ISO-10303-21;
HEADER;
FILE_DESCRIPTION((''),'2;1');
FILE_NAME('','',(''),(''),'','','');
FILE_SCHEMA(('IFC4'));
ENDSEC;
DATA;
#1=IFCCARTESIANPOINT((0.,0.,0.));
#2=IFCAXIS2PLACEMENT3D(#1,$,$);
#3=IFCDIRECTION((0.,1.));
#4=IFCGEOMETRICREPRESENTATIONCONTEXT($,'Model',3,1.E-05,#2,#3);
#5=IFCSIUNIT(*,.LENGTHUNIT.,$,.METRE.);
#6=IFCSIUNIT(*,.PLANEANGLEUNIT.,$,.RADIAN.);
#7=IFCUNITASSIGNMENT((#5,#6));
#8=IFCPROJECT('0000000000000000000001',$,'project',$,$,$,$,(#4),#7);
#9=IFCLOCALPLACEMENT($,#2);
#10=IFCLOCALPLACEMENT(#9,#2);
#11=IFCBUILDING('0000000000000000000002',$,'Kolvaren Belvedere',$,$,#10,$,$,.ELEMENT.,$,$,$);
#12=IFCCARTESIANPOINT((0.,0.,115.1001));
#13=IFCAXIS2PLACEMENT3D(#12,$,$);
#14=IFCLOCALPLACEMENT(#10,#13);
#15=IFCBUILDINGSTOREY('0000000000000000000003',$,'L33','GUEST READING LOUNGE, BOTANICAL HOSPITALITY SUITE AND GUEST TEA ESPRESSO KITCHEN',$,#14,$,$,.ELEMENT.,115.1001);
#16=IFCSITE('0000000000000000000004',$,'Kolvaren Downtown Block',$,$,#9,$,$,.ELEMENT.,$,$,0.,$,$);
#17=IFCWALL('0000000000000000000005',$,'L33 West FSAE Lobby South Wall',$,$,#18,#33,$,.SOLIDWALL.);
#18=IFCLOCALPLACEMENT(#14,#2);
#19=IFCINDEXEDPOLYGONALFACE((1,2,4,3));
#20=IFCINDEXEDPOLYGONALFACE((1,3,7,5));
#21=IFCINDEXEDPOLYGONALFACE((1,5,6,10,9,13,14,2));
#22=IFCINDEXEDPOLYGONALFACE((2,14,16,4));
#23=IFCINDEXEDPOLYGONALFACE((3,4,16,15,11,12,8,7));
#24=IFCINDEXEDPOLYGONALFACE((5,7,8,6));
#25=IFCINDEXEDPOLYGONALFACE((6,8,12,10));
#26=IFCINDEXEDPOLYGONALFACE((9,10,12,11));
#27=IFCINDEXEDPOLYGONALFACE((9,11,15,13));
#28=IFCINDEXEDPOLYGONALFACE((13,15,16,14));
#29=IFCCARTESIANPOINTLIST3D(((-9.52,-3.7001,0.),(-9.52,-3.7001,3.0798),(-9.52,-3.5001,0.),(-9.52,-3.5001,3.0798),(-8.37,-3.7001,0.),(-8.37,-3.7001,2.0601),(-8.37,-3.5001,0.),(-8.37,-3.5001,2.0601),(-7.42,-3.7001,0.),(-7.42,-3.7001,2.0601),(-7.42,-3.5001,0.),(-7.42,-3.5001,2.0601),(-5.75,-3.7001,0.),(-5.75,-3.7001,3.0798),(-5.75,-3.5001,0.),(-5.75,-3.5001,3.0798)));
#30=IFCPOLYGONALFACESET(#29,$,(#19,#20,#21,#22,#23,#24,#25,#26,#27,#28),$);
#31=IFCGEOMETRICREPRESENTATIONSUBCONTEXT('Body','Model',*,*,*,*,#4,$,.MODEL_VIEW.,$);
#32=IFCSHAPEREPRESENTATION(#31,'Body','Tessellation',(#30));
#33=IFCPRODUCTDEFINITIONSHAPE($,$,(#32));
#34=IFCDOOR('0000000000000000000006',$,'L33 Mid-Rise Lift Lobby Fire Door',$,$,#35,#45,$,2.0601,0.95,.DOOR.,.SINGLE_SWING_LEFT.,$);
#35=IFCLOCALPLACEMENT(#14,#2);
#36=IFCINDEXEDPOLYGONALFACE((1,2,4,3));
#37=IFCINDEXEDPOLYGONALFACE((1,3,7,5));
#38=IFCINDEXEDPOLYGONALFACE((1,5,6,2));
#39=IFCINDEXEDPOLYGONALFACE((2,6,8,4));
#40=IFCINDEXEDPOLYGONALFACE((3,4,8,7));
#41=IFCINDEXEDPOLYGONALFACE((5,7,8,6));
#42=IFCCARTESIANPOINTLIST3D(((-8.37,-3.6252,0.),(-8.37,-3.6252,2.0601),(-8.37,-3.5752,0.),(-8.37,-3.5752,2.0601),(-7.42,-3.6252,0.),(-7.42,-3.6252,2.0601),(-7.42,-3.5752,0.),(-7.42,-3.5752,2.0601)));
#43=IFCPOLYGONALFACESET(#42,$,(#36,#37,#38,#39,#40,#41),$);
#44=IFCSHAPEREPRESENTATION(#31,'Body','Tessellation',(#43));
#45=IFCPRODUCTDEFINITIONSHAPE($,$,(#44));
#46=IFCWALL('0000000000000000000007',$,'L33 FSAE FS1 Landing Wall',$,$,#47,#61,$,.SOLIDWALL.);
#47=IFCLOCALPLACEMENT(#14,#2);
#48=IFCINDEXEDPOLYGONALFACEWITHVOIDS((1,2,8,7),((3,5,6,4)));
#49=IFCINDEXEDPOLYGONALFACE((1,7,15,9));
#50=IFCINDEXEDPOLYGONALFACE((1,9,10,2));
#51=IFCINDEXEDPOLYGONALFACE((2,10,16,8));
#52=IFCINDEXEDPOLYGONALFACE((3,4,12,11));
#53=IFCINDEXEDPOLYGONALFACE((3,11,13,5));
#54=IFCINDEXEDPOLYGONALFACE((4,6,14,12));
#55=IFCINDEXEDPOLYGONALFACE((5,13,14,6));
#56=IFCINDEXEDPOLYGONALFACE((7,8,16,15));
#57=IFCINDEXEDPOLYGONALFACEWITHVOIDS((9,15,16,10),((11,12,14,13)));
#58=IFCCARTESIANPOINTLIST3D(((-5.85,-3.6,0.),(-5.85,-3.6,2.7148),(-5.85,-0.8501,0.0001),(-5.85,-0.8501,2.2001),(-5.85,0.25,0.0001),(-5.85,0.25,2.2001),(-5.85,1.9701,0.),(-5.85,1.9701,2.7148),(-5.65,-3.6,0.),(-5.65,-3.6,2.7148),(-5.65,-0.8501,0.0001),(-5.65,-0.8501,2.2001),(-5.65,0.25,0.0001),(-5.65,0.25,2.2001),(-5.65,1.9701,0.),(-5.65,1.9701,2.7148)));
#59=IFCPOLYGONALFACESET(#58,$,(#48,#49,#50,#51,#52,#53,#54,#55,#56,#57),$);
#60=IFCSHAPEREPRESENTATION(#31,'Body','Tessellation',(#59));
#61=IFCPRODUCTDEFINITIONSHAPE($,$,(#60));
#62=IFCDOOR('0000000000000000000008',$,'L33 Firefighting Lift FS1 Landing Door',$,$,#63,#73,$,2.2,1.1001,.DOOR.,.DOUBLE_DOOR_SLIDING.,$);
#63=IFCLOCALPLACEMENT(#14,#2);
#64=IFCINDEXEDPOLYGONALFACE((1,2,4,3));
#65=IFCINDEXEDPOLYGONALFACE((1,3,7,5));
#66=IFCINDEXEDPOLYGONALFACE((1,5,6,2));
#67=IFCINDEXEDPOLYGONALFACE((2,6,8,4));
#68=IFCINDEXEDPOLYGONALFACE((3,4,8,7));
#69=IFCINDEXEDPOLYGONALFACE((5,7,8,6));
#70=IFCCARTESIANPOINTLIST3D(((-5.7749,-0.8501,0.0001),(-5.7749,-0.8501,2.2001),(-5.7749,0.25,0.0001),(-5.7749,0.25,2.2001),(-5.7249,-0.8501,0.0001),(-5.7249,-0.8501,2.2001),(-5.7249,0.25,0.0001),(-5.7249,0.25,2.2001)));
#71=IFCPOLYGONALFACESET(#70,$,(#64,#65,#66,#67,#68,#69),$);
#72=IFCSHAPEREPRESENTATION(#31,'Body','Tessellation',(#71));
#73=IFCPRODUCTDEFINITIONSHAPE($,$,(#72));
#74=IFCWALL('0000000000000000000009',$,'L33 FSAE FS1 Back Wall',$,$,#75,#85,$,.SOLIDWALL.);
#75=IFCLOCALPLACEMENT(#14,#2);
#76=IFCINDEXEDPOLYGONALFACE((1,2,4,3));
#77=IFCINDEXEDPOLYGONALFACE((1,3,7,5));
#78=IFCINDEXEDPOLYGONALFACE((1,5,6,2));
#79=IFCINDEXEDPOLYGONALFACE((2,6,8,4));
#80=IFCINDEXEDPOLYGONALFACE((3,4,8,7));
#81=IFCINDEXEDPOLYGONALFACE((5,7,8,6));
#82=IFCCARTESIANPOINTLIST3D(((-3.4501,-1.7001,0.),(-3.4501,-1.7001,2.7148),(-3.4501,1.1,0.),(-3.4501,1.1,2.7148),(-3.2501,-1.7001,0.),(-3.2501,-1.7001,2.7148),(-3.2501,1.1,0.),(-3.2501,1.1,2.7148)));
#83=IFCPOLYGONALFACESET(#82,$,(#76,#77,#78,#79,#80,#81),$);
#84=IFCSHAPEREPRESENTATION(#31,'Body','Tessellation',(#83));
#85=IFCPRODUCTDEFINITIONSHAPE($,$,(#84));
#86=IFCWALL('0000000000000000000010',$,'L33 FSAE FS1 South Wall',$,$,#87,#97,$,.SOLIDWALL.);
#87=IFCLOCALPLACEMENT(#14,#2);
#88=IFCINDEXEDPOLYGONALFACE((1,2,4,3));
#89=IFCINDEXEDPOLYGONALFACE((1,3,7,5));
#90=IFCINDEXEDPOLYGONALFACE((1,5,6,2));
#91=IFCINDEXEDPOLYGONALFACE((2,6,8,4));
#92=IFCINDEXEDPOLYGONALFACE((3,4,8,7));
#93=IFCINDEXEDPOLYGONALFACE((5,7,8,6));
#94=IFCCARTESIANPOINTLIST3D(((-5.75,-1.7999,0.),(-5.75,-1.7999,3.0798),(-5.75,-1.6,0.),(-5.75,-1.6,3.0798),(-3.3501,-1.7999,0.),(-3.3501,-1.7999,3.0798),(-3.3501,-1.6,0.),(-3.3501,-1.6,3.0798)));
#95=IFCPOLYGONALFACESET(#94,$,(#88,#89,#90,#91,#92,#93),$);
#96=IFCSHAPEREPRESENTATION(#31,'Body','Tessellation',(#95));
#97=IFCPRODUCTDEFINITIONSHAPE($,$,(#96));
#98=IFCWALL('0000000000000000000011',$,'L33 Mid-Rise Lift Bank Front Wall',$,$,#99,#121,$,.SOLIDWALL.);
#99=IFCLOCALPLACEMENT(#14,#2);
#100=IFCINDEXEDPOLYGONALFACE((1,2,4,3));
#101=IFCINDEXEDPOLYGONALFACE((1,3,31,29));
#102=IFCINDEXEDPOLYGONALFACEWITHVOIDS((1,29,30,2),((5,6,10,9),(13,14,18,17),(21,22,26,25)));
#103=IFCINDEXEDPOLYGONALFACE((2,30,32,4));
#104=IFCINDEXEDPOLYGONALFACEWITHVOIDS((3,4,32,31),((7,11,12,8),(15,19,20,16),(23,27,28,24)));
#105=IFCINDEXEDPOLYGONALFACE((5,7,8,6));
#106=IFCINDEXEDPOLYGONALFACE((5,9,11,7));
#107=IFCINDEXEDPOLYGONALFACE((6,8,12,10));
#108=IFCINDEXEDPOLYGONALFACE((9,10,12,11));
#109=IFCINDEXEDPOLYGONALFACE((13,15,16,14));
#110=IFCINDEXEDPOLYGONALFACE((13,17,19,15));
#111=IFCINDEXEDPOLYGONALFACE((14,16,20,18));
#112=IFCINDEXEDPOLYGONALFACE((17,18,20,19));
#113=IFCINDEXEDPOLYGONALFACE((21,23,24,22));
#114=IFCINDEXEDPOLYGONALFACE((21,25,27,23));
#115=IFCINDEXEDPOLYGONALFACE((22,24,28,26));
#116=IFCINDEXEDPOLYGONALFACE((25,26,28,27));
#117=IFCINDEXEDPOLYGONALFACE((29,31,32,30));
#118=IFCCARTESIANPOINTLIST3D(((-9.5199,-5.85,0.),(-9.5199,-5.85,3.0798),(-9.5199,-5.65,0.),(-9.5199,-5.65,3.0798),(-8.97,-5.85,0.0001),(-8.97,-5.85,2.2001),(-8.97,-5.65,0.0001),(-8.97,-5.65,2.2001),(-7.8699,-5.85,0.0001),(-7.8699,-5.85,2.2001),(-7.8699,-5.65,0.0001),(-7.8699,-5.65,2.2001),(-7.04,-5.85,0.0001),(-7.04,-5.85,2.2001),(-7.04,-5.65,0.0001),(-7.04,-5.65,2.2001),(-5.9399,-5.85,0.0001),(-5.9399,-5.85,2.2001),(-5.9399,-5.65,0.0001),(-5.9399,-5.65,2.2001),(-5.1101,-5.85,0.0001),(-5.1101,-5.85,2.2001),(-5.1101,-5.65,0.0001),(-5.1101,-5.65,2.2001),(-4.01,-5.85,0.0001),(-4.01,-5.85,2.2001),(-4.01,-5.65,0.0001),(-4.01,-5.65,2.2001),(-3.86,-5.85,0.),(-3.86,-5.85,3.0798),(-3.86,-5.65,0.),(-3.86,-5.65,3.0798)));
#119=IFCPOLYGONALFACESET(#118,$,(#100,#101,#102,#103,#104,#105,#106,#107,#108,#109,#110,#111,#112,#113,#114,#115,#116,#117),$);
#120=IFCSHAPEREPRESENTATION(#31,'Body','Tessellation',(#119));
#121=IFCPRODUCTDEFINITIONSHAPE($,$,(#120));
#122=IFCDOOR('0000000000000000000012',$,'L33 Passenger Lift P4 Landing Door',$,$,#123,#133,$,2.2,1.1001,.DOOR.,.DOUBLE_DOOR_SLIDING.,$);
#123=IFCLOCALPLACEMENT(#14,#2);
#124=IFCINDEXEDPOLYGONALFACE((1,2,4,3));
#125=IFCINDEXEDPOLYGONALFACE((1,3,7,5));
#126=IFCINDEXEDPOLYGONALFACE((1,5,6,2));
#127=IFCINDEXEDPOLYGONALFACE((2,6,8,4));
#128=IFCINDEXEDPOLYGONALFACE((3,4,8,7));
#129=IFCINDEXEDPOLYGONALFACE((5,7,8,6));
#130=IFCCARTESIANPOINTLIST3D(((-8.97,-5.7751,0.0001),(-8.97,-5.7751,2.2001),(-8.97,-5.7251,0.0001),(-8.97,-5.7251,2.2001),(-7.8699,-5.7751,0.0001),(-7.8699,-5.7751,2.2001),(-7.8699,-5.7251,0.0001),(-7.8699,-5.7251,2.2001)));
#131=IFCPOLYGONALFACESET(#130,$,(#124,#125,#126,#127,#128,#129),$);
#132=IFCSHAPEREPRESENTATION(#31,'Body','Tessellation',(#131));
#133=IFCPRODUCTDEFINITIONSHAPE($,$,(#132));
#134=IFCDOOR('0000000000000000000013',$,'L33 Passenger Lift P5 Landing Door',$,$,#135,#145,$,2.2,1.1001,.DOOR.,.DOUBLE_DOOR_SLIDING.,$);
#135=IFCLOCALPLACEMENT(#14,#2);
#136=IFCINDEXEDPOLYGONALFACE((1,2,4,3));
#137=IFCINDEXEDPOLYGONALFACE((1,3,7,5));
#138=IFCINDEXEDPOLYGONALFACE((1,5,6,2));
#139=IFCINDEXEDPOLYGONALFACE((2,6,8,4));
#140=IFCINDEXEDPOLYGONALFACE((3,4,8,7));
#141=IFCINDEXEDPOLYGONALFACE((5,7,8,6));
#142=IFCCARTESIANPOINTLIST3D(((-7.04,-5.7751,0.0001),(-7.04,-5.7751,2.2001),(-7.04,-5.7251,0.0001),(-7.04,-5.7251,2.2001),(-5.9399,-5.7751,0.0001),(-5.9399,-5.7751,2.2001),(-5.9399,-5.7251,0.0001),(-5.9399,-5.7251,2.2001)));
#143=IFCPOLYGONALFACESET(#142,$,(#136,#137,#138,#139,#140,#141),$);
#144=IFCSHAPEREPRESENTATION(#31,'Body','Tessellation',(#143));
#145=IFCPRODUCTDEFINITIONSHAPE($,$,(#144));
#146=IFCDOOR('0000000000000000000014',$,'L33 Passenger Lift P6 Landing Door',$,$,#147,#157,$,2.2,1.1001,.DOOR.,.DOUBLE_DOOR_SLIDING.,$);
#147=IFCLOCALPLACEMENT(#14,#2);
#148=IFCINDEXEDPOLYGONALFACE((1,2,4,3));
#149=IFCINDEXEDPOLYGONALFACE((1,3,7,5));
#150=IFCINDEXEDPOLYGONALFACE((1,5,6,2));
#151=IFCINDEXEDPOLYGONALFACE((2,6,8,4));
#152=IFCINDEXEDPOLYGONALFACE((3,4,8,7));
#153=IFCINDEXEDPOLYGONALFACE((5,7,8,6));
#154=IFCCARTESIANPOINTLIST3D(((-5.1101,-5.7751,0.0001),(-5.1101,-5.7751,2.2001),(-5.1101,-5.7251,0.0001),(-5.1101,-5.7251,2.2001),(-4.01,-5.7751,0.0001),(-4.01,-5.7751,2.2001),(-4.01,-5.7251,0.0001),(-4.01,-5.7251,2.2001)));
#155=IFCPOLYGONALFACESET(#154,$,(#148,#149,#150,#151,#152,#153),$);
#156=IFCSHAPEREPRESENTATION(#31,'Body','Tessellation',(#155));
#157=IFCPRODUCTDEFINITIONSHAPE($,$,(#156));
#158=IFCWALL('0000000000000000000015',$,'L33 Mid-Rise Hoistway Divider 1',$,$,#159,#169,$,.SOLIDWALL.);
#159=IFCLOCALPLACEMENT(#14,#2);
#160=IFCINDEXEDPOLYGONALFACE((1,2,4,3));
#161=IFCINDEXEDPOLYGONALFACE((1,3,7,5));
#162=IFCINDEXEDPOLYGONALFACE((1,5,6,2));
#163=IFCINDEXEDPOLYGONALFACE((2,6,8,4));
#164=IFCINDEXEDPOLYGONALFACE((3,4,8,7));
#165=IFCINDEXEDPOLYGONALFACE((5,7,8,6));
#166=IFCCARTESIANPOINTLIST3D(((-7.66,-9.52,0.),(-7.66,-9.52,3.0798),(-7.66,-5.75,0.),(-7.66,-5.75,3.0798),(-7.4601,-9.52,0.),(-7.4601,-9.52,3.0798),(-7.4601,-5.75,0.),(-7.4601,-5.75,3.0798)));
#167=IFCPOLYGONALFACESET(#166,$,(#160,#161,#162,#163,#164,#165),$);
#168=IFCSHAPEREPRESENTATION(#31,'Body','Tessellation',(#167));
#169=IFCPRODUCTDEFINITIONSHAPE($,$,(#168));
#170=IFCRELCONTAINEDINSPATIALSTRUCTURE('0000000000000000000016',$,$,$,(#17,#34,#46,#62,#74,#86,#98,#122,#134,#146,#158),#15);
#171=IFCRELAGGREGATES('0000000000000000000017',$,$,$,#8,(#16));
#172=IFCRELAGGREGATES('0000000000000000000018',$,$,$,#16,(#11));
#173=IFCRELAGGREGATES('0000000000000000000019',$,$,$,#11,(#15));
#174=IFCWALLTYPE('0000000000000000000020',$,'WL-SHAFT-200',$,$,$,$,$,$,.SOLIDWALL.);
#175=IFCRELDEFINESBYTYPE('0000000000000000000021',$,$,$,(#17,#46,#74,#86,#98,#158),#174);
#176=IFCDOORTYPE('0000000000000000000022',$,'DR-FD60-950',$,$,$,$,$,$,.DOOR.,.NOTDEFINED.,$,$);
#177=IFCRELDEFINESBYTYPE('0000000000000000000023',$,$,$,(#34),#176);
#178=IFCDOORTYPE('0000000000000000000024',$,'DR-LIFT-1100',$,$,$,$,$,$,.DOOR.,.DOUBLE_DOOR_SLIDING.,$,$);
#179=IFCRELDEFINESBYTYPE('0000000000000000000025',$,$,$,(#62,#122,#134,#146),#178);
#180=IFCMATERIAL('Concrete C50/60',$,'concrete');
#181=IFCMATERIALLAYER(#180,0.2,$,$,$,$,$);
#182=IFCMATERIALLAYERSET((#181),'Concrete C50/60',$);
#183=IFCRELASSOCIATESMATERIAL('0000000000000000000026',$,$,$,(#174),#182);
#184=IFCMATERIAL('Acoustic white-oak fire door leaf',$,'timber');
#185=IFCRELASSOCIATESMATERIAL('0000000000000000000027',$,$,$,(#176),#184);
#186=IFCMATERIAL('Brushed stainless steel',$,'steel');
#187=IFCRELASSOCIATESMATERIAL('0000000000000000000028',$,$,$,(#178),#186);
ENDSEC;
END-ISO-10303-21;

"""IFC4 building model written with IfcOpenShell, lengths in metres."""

from ifc_helpers import new_model, si_unit, direction, frame, frame_2d, origin, place, context, subcontext, project, spatial, rectangle, extrude, material, layer, layer_set, type_object, element, fill, save


model = new_model("IFC4")

# Units and contexts
model_context = context("Model", 3, precision=1e-05, world=origin(), true_north=direction((0.0, 1.0)))
body_context = subcontext(model_context, "Body", "Model", "MODEL_VIEW")
ifc_project = project(units=[si_unit("LENGTHUNIT", "METRE"), si_unit("PLANEANGLEUNIT", "RADIAN")], contexts=[model_context])

# Site, building, storey
site_placement = place(None, origin())
site = spatial("IfcSite", under=ifc_project, at=site_placement, Name="Kolvaren Downtown Block", CompositionType="ELEMENT", RefElevation=0.0)
building_placement = place(site_placement, origin())
building = spatial("IfcBuilding", under=site, at=building_placement, Name="Kolvaren Belvedere", CompositionType="ELEMENT")
storey_placement = place(building_placement, frame((0.0, 0.0, 115.1001)))
storey = spatial("IfcBuildingStorey", under=building, at=storey_placement, Name="L33", Description="GUEST READING LOUNGE, BOTANICAL HOSPITALITY SUITE AND GUEST TEA ESPRESSO KITCHEN", CompositionType="ELEMENT", Elevation=115.1001)

# Walls, openings, doors
ifc_material_1 = material(Name="Concrete C50/60", Category="concrete")
ifc_layer_1 = layer(ifc_material_1, 0.2)
ifc_layer_set_1 = layer_set([ifc_layer_1], Name="Concrete C50/60")
wall_type_1 = type_object("IfcWallType", Name="WL-SHAFT-200", PredefinedType="SOLIDWALL", material=ifc_layer_set_1)
wall_1_placement = place(storey_placement, frame((-9.52, -3.6001, 0.0), z_axis=(0.0, 0.0, 1.0), x_axis=(1.0, 0.0, 0.0)))
wall_1 = element("IfcWall", 1, at=wall_1_placement, inside=storey, type_object=wall_type_1, Name="L33 West FSAE Lobby South Wall", PredefinedType="SOLIDWALL", context=body_context, shape_type="SweptSolid", body=[
    extrude(rectangle(XDim=3.77, YDim=0.2, at=frame_2d((1.885, 0.0))), origin(), (0.0, 0.0, 1.0), 3.0798),
])
opening_1_placement = place(wall_1_placement, frame((1.1499, 0.0, 0.0)))
opening_1 = element("IfcOpeningElement", 2, at=opening_1_placement, cuts=wall_1, PredefinedType="OPENING", context=body_context, shape_type="SweptSolid", body=[
    extrude(rectangle(XDim=0.95, YDim=2.0601, at=frame_2d((0.4751, 1.03))), frame((0.0, 0.1099, 0.0), z_axis=(0.0, -1.0, 0.0), x_axis=(1.0, 0.0, 0.0)), (0.0, 0.0, 1.0), 0.22),
])
ifc_material_2 = material(Name="Acoustic white-oak fire door leaf", Category="timber")
door_type_1 = type_object("IfcDoorType", Name="DR-FD60-950", OperationType="NOTDEFINED", PredefinedType="DOOR", material=ifc_material_2)
door_1_placement = place(opening_1_placement, origin())
door_1 = element("IfcDoor", 3, at=door_1_placement, inside=storey, type_object=door_type_1, Name="L33 Mid-Rise Lift Lobby Fire Door", OperationType="SINGLE_SWING_LEFT", OverallHeight=2.0601, OverallWidth=0.95, PredefinedType="DOOR", context=body_context, shape_type="SweptSolid", body=[
    extrude(rectangle(XDim=0.95, YDim=2.0601, at=frame_2d((0.4751, 1.03))), frame((0.0, 0.0249, 0.0), z_axis=(0.0, -1.0, 0.0), x_axis=(1.0, 0.0, 0.0)), (0.0, 0.0, 1.0), 0.05),
])
fill(opening_1, door_1)
wall_2_placement = place(storey_placement, frame((-5.75, -3.6001, 0.0), z_axis=(0.0, 0.0, 1.0), x_axis=(0.0, 1.0, 0.0)))
wall_2 = element("IfcWall", 4, at=wall_2_placement, inside=storey, type_object=wall_type_1, Name="L33 FSAE FS1 Landing Wall", PredefinedType="SOLIDWALL", context=body_context, shape_type="SweptSolid", body=[
    extrude(rectangle(XDim=5.5701, YDim=0.2, at=frame_2d((2.7852, 0.0))), origin(), (0.0, 0.0, 1.0), 2.7148),
])
opening_2_placement = place(wall_2_placement, frame((2.75, 0.0, 0.0)))
opening_2 = element("IfcOpeningElement", 5, at=opening_2_placement, cuts=wall_2, PredefinedType="OPENING", context=body_context, shape_type="SweptSolid", body=[
    extrude(rectangle(XDim=1.1001, YDim=2.2, at=frame_2d((0.55, 1.1001))), frame((0.0, 0.1099, 0.0), z_axis=(0.0, -1.0, 0.0), x_axis=(1.0, 0.0, 0.0)), (0.0, 0.0, 1.0), 0.22),
])
ifc_material_3 = material(Name="Brushed stainless steel", Category="steel")
door_type_2 = type_object("IfcDoorType", Name="DR-LIFT-1100", OperationType="DOUBLE_DOOR_SLIDING", PredefinedType="DOOR", material=ifc_material_3)
door_2_placement = place(opening_2_placement, origin())
door_2 = element("IfcDoor", 6, at=door_2_placement, inside=storey, type_object=door_type_2, Name="L33 Firefighting Lift FS1 Landing Door", OperationType="DOUBLE_DOOR_SLIDING", OverallHeight=2.2, OverallWidth=1.1001, PredefinedType="DOOR", context=body_context, shape_type="SweptSolid", body=[
    extrude(rectangle(XDim=1.1001, YDim=2.2, at=frame_2d((0.55, 1.1001))), frame((0.0, 0.0249, 0.0), z_axis=(0.0, -1.0, 0.0), x_axis=(1.0, 0.0, 0.0)), (0.0, 0.0, 1.0), 0.05),
])
fill(opening_2, door_2)

# Walls
wall_3_placement = place(storey_placement, frame((-3.3501, -1.7, 0.0), z_axis=(0.0, 0.0, 1.0), x_axis=(0.0, 1.0, 0.0)))
element("IfcWall", 7, at=wall_3_placement, inside=storey, type_object=wall_type_1, Name="L33 FSAE FS1 Back Wall", PredefinedType="SOLIDWALL", context=body_context, shape_type="SweptSolid", body=[
    extrude(rectangle(XDim=2.8, YDim=0.2, at=frame_2d((1.3999, 0.0))), origin(), (0.0, 0.0, 1.0), 2.7148),
])
wall_4_placement = place(storey_placement, frame((-5.75, -1.7, 0.0), z_axis=(0.0, 0.0, 1.0), x_axis=(1.0, 0.0, 0.0)))
element("IfcWall", 8, at=wall_4_placement, inside=storey, type_object=wall_type_1, Name="L33 FSAE FS1 South Wall", PredefinedType="SOLIDWALL", context=body_context, shape_type="SweptSolid", body=[
    extrude(rectangle(XDim=2.3999, YDim=0.2, at=frame_2d((1.2, 0.0))), origin(), (0.0, 0.0, 1.0), 3.0798),
])

# Wall, openings, doors
wall_5_placement = place(storey_placement, frame((-9.52, -5.75, 0.0), z_axis=(0.0, 0.0, 1.0), x_axis=(1.0, 0.0, 0.0)))
wall_5 = element("IfcWall", 9, at=wall_5_placement, inside=storey, type_object=wall_type_1, Name="L33 Mid-Rise Lift Bank Front Wall", PredefinedType="SOLIDWALL", context=body_context, shape_type="SweptSolid", body=[
    extrude(rectangle(XDim=5.6599, YDim=0.2, at=frame_2d((2.8301, 0.0))), origin(), (0.0, 0.0, 1.0), 3.0798),
])
opening_3_placement = place(wall_5_placement, frame((0.55, 0.0, 0.0)))
opening_3 = element("IfcOpeningElement", 10, at=opening_3_placement, cuts=wall_5, PredefinedType="OPENING", context=body_context, shape_type="SweptSolid", body=[
    extrude(rectangle(XDim=1.1001, YDim=2.2, at=frame_2d((0.55, 1.1001))), frame((0.0, 0.1099, 0.0), z_axis=(0.0, -1.0, 0.0), x_axis=(1.0, 0.0, 0.0)), (0.0, 0.0, 1.0), 0.22),
])
opening_4_placement = place(wall_5_placement, frame((2.48, 0.0, 0.0)))
opening_4 = element("IfcOpeningElement", 11, at=opening_4_placement, cuts=wall_5, PredefinedType="OPENING", context=body_context, shape_type="SweptSolid", body=[
    extrude(rectangle(XDim=1.1001, YDim=2.2, at=frame_2d((0.55, 1.1001))), frame((0.0, 0.1099, 0.0), z_axis=(0.0, -1.0, 0.0), x_axis=(1.0, 0.0, 0.0)), (0.0, 0.0, 1.0), 0.22),
])
opening_5_placement = place(wall_5_placement, frame((4.4099, 0.0, 0.0)))
opening_5 = element("IfcOpeningElement", 12, at=opening_5_placement, cuts=wall_5, PredefinedType="OPENING", context=body_context, shape_type="SweptSolid", body=[
    extrude(rectangle(XDim=1.1001, YDim=2.2, at=frame_2d((0.55, 1.1001))), frame((0.0, 0.1099, 0.0), z_axis=(0.0, -1.0, 0.0), x_axis=(1.0, 0.0, 0.0)), (0.0, 0.0, 1.0), 0.22),
])
door_3_placement = place(opening_3_placement, origin())
door_3 = element("IfcDoor", 13, at=door_3_placement, inside=storey, type_object=door_type_2, Name="L33 Passenger Lift P4 Landing Door", OperationType="DOUBLE_DOOR_SLIDING", OverallHeight=2.2, OverallWidth=1.1001, PredefinedType="DOOR", context=body_context, shape_type="SweptSolid", body=[
    extrude(rectangle(XDim=1.1001, YDim=2.2, at=frame_2d((0.55, 1.1001))), frame((0.0, 0.0249, 0.0), z_axis=(0.0, -1.0, 0.0), x_axis=(1.0, 0.0, 0.0)), (0.0, 0.0, 1.0), 0.05),
])
fill(opening_3, door_3)
door_4_placement = place(opening_4_placement, origin())
door_4 = element("IfcDoor", 14, at=door_4_placement, inside=storey, type_object=door_type_2, Name="L33 Passenger Lift P5 Landing Door", OperationType="DOUBLE_DOOR_SLIDING", OverallHeight=2.2, OverallWidth=1.1001, PredefinedType="DOOR", context=body_context, shape_type="SweptSolid", body=[
    extrude(rectangle(XDim=1.1001, YDim=2.2, at=frame_2d((0.55, 1.1001))), frame((0.0, 0.0249, 0.0), z_axis=(0.0, -1.0, 0.0), x_axis=(1.0, 0.0, 0.0)), (0.0, 0.0, 1.0), 0.05),
])
fill(opening_4, door_4)
door_5_placement = place(opening_5_placement, origin())
door_5 = element("IfcDoor", 15, at=door_5_placement, inside=storey, type_object=door_type_2, Name="L33 Passenger Lift P6 Landing Door", OperationType="DOUBLE_DOOR_SLIDING", OverallHeight=2.2, OverallWidth=1.1001, PredefinedType="DOOR", context=body_context, shape_type="SweptSolid", body=[
    extrude(rectangle(XDim=1.1001, YDim=2.2, at=frame_2d((0.55, 1.1001))), frame((0.0, 0.0249, 0.0), z_axis=(0.0, -1.0, 0.0), x_axis=(1.0, 0.0, 0.0)), (0.0, 0.0, 1.0), 0.05),
])
fill(opening_5, door_5)

# Wall
for number, where, z_axis, x_axis, name in (
    (16, (-7.5601, -9.52, 0.0), (0.0, 0.0, 1.0), (0.0, 1.0, 0.0), "L33 Mid-Rise Hoistway Divider 1"),
):
    element("IfcWall", number, at=place(storey_placement, frame(where, z_axis=z_axis, x_axis=x_axis)), inside=storey, type_object=wall_type_1, Name=name, PredefinedType="SOLIDWALL", context=body_context, shape_type="SweptSolid", body=[
        extrude(rectangle(XDim=3.77, YDim=0.2, at=frame_2d((1.885, 0.0))), origin(), (0.0, 0.0, 1.0), 3.0798),
    ])

save(model, "model.ifc")
